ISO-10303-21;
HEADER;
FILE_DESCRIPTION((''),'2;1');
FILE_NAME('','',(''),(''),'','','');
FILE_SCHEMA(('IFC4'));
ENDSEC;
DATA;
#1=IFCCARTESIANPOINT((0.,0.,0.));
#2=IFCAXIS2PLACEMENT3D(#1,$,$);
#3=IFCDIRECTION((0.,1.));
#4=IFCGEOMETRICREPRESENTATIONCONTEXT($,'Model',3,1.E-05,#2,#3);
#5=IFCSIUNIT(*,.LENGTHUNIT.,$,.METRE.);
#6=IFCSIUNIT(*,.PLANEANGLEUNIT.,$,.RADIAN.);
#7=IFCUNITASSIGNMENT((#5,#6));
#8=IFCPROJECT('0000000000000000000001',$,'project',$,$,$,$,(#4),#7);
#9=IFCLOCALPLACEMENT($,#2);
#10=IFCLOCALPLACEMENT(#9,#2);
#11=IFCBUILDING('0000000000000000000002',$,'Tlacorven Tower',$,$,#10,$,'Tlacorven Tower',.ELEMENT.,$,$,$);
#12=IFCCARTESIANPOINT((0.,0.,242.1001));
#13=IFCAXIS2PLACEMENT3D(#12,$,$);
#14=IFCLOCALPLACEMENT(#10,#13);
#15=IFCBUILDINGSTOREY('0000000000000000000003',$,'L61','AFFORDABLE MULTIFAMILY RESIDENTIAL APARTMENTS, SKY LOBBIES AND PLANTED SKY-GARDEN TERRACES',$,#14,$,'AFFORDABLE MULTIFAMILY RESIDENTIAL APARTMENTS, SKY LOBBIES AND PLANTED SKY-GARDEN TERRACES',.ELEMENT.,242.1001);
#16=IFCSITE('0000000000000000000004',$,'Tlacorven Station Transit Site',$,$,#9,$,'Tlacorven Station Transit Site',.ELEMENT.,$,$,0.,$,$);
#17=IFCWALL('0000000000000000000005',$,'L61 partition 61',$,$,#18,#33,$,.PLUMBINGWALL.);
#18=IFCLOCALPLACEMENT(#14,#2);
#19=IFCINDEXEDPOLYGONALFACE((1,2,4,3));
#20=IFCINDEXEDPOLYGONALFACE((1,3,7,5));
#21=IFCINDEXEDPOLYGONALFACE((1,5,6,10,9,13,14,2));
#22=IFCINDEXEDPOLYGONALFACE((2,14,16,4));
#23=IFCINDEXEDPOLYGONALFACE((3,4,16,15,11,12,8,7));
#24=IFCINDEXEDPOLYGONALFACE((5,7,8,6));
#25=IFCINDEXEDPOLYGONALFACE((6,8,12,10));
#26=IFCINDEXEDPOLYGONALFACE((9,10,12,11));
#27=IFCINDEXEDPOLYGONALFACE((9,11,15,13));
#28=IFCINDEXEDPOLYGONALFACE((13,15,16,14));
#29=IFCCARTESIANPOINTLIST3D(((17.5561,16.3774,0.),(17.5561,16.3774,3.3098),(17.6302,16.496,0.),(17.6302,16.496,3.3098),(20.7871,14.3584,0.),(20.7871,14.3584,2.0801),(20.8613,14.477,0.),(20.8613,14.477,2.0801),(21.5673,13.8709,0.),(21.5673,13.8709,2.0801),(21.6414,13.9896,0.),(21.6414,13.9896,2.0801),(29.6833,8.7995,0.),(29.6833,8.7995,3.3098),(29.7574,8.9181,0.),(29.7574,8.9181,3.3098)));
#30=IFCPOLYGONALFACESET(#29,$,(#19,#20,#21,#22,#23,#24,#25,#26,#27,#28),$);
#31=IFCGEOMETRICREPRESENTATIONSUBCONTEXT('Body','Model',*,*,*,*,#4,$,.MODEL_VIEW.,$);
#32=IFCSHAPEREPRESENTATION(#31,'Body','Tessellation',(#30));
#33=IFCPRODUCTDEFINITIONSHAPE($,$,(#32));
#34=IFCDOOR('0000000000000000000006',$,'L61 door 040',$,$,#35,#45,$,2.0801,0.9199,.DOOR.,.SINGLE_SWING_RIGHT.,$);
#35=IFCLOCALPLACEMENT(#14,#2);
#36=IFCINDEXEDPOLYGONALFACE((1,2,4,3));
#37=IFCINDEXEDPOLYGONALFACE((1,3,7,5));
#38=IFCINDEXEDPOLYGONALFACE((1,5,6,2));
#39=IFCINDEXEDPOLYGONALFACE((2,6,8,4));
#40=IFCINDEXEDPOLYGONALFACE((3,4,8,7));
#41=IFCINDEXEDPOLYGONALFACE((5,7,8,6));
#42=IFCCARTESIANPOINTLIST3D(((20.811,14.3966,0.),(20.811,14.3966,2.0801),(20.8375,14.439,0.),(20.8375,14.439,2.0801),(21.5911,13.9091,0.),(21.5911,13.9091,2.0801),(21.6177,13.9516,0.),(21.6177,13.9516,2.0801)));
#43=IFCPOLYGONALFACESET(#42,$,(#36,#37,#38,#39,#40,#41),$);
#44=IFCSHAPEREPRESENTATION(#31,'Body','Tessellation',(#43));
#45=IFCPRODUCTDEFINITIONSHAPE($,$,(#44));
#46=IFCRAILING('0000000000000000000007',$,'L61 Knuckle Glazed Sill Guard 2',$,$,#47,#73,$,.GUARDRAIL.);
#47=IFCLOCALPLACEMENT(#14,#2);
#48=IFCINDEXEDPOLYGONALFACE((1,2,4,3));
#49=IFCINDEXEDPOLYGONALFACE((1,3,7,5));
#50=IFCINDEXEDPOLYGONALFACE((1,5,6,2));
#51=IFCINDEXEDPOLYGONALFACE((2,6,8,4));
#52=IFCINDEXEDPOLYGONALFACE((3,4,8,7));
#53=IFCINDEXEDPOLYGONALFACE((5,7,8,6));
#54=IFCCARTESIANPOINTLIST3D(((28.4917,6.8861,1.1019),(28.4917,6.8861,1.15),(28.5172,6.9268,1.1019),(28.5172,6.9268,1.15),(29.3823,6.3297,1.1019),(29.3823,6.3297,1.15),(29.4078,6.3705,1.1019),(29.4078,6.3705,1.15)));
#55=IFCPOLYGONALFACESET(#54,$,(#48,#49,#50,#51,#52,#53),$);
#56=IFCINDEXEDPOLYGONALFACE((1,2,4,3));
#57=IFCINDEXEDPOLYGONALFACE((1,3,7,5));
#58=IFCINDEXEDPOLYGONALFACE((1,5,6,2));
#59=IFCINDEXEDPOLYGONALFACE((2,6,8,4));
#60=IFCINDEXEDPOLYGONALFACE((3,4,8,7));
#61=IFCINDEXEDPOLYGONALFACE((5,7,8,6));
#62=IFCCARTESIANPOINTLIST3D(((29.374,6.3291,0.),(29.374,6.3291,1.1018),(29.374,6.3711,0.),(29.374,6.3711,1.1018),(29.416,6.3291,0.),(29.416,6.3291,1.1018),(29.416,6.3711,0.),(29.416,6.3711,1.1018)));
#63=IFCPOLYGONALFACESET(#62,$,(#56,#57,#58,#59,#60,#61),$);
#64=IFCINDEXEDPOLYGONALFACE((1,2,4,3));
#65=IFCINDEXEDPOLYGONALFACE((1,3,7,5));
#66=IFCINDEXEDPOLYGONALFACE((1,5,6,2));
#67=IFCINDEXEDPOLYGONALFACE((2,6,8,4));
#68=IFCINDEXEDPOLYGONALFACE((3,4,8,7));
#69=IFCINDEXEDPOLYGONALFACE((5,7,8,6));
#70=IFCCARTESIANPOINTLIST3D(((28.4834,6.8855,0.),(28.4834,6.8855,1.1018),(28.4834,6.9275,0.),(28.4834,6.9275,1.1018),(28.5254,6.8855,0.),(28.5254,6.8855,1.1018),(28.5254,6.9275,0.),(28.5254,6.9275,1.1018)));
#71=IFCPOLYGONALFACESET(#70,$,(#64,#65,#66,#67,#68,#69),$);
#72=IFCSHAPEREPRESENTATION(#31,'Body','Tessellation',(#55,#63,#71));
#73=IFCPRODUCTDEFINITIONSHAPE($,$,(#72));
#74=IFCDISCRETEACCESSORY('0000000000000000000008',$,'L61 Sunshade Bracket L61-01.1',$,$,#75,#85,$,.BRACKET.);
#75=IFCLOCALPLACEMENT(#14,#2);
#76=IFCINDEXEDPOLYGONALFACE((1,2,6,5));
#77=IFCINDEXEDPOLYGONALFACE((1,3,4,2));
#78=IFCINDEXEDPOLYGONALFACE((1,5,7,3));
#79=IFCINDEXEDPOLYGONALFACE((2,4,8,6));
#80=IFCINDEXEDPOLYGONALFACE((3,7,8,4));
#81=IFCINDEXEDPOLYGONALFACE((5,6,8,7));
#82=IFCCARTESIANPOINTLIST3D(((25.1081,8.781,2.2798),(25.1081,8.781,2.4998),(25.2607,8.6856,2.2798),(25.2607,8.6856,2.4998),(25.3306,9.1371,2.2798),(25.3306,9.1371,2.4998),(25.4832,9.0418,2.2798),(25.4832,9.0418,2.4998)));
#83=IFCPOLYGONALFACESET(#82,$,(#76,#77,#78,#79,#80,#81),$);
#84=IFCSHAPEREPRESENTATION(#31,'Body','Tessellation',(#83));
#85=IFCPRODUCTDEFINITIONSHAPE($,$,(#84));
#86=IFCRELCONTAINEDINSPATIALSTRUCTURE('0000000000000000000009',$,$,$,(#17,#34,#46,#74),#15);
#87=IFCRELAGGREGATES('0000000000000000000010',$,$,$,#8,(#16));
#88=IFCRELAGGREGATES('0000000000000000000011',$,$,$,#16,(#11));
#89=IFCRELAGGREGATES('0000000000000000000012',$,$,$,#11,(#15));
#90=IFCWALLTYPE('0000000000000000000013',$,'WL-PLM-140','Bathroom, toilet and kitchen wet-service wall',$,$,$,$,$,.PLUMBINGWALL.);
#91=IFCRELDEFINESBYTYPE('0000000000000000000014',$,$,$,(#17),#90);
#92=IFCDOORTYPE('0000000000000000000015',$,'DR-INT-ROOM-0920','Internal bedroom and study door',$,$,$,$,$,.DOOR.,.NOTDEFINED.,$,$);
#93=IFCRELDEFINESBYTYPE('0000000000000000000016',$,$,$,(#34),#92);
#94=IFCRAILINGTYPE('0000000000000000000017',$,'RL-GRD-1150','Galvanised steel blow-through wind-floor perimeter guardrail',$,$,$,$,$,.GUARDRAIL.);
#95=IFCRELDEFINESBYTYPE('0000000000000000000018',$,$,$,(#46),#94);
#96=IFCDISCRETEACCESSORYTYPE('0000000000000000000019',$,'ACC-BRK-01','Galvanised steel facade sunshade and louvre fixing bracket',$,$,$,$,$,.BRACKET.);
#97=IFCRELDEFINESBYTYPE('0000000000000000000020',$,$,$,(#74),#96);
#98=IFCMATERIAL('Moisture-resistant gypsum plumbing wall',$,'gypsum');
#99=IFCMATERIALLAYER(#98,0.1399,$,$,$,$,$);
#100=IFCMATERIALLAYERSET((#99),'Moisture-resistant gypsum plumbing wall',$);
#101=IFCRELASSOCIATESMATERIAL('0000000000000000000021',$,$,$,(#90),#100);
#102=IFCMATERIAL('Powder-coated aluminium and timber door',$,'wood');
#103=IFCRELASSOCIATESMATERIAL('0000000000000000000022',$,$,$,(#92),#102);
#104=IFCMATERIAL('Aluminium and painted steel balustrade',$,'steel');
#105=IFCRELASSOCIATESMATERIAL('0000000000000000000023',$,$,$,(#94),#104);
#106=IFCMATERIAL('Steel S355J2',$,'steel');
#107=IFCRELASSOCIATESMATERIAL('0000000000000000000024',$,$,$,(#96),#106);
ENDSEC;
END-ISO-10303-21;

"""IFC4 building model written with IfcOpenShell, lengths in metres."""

from ifc_helpers import new_model, si_unit, direction, frame, frame_2d, origin, origin_2d, place, context, subcontext, project, spatial, rectangle, extrude, source, transform, mapped, material, layer, layer_set, type_object, element, fill, save


model = new_model("IFC4")

# Units and contexts
model_context = context("Model", 3, precision=1e-05, world=origin(), true_north=direction((0.0, 1.0)))
body_context = subcontext(model_context, "Body", "Model", "MODEL_VIEW")
ifc_project = project(units=[si_unit("LENGTHUNIT", "METRE"), si_unit("PLANEANGLEUNIT", "RADIAN")], contexts=[model_context])

# Site, building, storey
site_placement = place(None, origin())
site = spatial("IfcSite", under=ifc_project, at=site_placement, Name="Tlacorven Station Transit Site", LongName="Tlacorven Station Transit Site", CompositionType="ELEMENT", RefElevation=0.0)
building_placement = place(site_placement, origin())
building = spatial("IfcBuilding", under=site, at=building_placement, Name="Tlacorven Tower", LongName="Tlacorven Tower", CompositionType="ELEMENT")
storey_placement = place(building_placement, frame((0.0, 0.0, 242.1001)))
storey = spatial("IfcBuildingStorey", under=building, at=storey_placement, Name="L61", Description="AFFORDABLE MULTIFAMILY RESIDENTIAL APARTMENTS, SKY LOBBIES AND PLANTED SKY-GARDEN TERRACES", LongName="AFFORDABLE MULTIFAMILY RESIDENTIAL APARTMENTS, SKY LOBBIES AND PLANTED SKY-GARDEN TERRACES", CompositionType="ELEMENT", Elevation=242.1001)

# Shared definitions
ifc_material_1 = material(Name="Steel S355J2", Category="steel")

# Shared definitions
ifc_material_2 = material(Name="Powder-coated aluminium and timber door", Category="wood")

# Wall, opening, door
ifc_material_3 = material(Name="Moisture-resistant gypsum plumbing wall", Category="gypsum")
ifc_layer_1 = layer(ifc_material_3, 0.1399)
ifc_layer_set_1 = layer_set([ifc_layer_1], Name="Moisture-resistant gypsum plumbing wall")
wall_type_1 = type_object("IfcWallType", Name="WL-PLM-140", Description="Bathroom, toilet and kitchen wet-service wall", PredefinedType="PLUMBINGWALL", material=ifc_layer_set_1)
wall_1_placement = place(storey_placement, frame((29.7202, 8.8589, 0.0), z_axis=(0.0, 0.0, 1.0), x_axis=(-0.848049, 0.529918, 0.0)))
wall_1 = element("IfcWall", 1, at=wall_1_placement, inside=storey, type_object=wall_type_1, Name="L61 partition 61", PredefinedType="PLUMBINGWALL", context=body_context, shape_type="SweptSolid", body=[
    extrude(rectangle(XDim=14.3, YDim=0.1399, at=frame_2d((7.1499, 0.0))), origin(), (0.0, 0.0, 1.0), 3.3098),
])
opening_1_placement = place(wall_1_placement, frame((9.5701, 0.0, 0.0)))
opening_1 = element("IfcOpeningElement", 2, at=opening_1_placement, cuts=wall_1, PredefinedType="OPENING", context=body_context, shape_type="SweptSolid", body=[
    extrude(rectangle(XDim=0.9199, YDim=2.0801, at=frame_2d((0.46, 1.04))), frame((0.0, 0.0801, 0.0), z_axis=(0.0, -1.0, 0.0), x_axis=(1.0, 0.0, 0.0)), (0.0, 0.0, 1.0), 0.1599),
])
door_type_1 = type_object("IfcDoorType", Name="DR-INT-ROOM-0920", Description="Internal bedroom and study door", OperationType="NOTDEFINED", PredefinedType="DOOR", material=ifc_material_2)
shared_shape_1 = source(origin(), body_context, "Body", "SweptSolid", [
    extrude(rectangle(XDim=0.9199, YDim=2.0801, at=frame_2d((0.46, 1.04))), frame((0.0, 0.0249, 0.0), z_axis=(0.0, -1.0, 0.0), x_axis=(1.0, 0.0, 0.0)), (0.0, 0.0, 1.0), 0.05),
])
door_1_placement = place(opening_1_placement, origin())
door_1 = element("IfcDoor", 3, at=door_1_placement, inside=storey, type_object=door_type_1, Name="L61 door 040", OperationType="SINGLE_SWING_RIGHT", OverallHeight=2.0801, OverallWidth=0.9199, PredefinedType="DOOR", context=body_context, shape_type="MappedRepresentation", body=[
    mapped(shared_shape_1, transform((0.0, 0.0, 0.0), scale=1.0)),
])
fill(opening_1, door_1)

# Railing
ifc_material_4 = material(Name="Aluminium and painted steel balustrade", Category="steel")
railing_type = type_object("IfcRailingType", Name="RL-GRD-1150", Description="Galvanised steel blow-through wind-floor perimeter guardrail", PredefinedType="GUARDRAIL", material=ifc_material_4)
shared_shape_2 = source(origin(), body_context, "Body", "SweptSolid", [
    extrude(rectangle(XDim=0.0481, YDim=0.0481, at=origin_2d()), frame((0.0, 0.0, 1.126), z_axis=(-0.848103, 0.529832, 0.0), x_axis=(-0.529832, -0.848103, 0.0)), (0.0, 0.0, 1.0), 1.05),
    extrude(rectangle(XDim=0.042, YDim=0.042, at=origin_2d()), origin(), (0.0, 0.0, 1.0), 1.1018),
    extrude(rectangle(XDim=0.042, YDim=0.042, at=origin_2d()), frame((-0.8906, 0.5564, 0.0)), (0.0, 0.0, 1.0), 1.1018),
])
railing_placement = place(storey_placement, frame((29.395, 6.3501, 0.0)))
element("IfcRailing", 4, at=railing_placement, inside=storey, type_object=railing_type, Name="L61 Knuckle Glazed Sill Guard 2", PredefinedType="GUARDRAIL", context=body_context, shape_type="MappedRepresentation", body=[
    mapped(shared_shape_2, transform((0.0, 0.0, 0.0), scale=1.0)),
])

# Discrete accessory
discrete_accessory_type = type_object("IfcDiscreteAccessoryType", Name="ACC-BRK-01", Description="Galvanised steel facade sunshade and louvre fixing bracket", PredefinedType="BRACKET", material=ifc_material_1)
shared_shape_3 = source(origin(), body_context, "Body", "SweptSolid", [
    extrude(rectangle(XDim=0.1799, YDim=0.4199, at=origin_2d()), origin(), (0.0, 0.0, 1.0), 0.22),
])
discrete_accessory_placement = place(storey_placement, frame((25.2957, 8.9114, 2.2798), z_axis=(0.0, 0.0, 1.0), x_axis=(-0.848048, 0.529919, 0.0)))
element("IfcDiscreteAccessory", 5, at=discrete_accessory_placement, inside=storey, type_object=discrete_accessory_type, Name="L61 Sunshade Bracket L61-01.1", PredefinedType="BRACKET", context=body_context, shape_type="MappedRepresentation", body=[
    mapped(shared_shape_3, transform((0.0, 0.0, 0.0), scale=1.0)),
])

save(model, "model.ifc")
